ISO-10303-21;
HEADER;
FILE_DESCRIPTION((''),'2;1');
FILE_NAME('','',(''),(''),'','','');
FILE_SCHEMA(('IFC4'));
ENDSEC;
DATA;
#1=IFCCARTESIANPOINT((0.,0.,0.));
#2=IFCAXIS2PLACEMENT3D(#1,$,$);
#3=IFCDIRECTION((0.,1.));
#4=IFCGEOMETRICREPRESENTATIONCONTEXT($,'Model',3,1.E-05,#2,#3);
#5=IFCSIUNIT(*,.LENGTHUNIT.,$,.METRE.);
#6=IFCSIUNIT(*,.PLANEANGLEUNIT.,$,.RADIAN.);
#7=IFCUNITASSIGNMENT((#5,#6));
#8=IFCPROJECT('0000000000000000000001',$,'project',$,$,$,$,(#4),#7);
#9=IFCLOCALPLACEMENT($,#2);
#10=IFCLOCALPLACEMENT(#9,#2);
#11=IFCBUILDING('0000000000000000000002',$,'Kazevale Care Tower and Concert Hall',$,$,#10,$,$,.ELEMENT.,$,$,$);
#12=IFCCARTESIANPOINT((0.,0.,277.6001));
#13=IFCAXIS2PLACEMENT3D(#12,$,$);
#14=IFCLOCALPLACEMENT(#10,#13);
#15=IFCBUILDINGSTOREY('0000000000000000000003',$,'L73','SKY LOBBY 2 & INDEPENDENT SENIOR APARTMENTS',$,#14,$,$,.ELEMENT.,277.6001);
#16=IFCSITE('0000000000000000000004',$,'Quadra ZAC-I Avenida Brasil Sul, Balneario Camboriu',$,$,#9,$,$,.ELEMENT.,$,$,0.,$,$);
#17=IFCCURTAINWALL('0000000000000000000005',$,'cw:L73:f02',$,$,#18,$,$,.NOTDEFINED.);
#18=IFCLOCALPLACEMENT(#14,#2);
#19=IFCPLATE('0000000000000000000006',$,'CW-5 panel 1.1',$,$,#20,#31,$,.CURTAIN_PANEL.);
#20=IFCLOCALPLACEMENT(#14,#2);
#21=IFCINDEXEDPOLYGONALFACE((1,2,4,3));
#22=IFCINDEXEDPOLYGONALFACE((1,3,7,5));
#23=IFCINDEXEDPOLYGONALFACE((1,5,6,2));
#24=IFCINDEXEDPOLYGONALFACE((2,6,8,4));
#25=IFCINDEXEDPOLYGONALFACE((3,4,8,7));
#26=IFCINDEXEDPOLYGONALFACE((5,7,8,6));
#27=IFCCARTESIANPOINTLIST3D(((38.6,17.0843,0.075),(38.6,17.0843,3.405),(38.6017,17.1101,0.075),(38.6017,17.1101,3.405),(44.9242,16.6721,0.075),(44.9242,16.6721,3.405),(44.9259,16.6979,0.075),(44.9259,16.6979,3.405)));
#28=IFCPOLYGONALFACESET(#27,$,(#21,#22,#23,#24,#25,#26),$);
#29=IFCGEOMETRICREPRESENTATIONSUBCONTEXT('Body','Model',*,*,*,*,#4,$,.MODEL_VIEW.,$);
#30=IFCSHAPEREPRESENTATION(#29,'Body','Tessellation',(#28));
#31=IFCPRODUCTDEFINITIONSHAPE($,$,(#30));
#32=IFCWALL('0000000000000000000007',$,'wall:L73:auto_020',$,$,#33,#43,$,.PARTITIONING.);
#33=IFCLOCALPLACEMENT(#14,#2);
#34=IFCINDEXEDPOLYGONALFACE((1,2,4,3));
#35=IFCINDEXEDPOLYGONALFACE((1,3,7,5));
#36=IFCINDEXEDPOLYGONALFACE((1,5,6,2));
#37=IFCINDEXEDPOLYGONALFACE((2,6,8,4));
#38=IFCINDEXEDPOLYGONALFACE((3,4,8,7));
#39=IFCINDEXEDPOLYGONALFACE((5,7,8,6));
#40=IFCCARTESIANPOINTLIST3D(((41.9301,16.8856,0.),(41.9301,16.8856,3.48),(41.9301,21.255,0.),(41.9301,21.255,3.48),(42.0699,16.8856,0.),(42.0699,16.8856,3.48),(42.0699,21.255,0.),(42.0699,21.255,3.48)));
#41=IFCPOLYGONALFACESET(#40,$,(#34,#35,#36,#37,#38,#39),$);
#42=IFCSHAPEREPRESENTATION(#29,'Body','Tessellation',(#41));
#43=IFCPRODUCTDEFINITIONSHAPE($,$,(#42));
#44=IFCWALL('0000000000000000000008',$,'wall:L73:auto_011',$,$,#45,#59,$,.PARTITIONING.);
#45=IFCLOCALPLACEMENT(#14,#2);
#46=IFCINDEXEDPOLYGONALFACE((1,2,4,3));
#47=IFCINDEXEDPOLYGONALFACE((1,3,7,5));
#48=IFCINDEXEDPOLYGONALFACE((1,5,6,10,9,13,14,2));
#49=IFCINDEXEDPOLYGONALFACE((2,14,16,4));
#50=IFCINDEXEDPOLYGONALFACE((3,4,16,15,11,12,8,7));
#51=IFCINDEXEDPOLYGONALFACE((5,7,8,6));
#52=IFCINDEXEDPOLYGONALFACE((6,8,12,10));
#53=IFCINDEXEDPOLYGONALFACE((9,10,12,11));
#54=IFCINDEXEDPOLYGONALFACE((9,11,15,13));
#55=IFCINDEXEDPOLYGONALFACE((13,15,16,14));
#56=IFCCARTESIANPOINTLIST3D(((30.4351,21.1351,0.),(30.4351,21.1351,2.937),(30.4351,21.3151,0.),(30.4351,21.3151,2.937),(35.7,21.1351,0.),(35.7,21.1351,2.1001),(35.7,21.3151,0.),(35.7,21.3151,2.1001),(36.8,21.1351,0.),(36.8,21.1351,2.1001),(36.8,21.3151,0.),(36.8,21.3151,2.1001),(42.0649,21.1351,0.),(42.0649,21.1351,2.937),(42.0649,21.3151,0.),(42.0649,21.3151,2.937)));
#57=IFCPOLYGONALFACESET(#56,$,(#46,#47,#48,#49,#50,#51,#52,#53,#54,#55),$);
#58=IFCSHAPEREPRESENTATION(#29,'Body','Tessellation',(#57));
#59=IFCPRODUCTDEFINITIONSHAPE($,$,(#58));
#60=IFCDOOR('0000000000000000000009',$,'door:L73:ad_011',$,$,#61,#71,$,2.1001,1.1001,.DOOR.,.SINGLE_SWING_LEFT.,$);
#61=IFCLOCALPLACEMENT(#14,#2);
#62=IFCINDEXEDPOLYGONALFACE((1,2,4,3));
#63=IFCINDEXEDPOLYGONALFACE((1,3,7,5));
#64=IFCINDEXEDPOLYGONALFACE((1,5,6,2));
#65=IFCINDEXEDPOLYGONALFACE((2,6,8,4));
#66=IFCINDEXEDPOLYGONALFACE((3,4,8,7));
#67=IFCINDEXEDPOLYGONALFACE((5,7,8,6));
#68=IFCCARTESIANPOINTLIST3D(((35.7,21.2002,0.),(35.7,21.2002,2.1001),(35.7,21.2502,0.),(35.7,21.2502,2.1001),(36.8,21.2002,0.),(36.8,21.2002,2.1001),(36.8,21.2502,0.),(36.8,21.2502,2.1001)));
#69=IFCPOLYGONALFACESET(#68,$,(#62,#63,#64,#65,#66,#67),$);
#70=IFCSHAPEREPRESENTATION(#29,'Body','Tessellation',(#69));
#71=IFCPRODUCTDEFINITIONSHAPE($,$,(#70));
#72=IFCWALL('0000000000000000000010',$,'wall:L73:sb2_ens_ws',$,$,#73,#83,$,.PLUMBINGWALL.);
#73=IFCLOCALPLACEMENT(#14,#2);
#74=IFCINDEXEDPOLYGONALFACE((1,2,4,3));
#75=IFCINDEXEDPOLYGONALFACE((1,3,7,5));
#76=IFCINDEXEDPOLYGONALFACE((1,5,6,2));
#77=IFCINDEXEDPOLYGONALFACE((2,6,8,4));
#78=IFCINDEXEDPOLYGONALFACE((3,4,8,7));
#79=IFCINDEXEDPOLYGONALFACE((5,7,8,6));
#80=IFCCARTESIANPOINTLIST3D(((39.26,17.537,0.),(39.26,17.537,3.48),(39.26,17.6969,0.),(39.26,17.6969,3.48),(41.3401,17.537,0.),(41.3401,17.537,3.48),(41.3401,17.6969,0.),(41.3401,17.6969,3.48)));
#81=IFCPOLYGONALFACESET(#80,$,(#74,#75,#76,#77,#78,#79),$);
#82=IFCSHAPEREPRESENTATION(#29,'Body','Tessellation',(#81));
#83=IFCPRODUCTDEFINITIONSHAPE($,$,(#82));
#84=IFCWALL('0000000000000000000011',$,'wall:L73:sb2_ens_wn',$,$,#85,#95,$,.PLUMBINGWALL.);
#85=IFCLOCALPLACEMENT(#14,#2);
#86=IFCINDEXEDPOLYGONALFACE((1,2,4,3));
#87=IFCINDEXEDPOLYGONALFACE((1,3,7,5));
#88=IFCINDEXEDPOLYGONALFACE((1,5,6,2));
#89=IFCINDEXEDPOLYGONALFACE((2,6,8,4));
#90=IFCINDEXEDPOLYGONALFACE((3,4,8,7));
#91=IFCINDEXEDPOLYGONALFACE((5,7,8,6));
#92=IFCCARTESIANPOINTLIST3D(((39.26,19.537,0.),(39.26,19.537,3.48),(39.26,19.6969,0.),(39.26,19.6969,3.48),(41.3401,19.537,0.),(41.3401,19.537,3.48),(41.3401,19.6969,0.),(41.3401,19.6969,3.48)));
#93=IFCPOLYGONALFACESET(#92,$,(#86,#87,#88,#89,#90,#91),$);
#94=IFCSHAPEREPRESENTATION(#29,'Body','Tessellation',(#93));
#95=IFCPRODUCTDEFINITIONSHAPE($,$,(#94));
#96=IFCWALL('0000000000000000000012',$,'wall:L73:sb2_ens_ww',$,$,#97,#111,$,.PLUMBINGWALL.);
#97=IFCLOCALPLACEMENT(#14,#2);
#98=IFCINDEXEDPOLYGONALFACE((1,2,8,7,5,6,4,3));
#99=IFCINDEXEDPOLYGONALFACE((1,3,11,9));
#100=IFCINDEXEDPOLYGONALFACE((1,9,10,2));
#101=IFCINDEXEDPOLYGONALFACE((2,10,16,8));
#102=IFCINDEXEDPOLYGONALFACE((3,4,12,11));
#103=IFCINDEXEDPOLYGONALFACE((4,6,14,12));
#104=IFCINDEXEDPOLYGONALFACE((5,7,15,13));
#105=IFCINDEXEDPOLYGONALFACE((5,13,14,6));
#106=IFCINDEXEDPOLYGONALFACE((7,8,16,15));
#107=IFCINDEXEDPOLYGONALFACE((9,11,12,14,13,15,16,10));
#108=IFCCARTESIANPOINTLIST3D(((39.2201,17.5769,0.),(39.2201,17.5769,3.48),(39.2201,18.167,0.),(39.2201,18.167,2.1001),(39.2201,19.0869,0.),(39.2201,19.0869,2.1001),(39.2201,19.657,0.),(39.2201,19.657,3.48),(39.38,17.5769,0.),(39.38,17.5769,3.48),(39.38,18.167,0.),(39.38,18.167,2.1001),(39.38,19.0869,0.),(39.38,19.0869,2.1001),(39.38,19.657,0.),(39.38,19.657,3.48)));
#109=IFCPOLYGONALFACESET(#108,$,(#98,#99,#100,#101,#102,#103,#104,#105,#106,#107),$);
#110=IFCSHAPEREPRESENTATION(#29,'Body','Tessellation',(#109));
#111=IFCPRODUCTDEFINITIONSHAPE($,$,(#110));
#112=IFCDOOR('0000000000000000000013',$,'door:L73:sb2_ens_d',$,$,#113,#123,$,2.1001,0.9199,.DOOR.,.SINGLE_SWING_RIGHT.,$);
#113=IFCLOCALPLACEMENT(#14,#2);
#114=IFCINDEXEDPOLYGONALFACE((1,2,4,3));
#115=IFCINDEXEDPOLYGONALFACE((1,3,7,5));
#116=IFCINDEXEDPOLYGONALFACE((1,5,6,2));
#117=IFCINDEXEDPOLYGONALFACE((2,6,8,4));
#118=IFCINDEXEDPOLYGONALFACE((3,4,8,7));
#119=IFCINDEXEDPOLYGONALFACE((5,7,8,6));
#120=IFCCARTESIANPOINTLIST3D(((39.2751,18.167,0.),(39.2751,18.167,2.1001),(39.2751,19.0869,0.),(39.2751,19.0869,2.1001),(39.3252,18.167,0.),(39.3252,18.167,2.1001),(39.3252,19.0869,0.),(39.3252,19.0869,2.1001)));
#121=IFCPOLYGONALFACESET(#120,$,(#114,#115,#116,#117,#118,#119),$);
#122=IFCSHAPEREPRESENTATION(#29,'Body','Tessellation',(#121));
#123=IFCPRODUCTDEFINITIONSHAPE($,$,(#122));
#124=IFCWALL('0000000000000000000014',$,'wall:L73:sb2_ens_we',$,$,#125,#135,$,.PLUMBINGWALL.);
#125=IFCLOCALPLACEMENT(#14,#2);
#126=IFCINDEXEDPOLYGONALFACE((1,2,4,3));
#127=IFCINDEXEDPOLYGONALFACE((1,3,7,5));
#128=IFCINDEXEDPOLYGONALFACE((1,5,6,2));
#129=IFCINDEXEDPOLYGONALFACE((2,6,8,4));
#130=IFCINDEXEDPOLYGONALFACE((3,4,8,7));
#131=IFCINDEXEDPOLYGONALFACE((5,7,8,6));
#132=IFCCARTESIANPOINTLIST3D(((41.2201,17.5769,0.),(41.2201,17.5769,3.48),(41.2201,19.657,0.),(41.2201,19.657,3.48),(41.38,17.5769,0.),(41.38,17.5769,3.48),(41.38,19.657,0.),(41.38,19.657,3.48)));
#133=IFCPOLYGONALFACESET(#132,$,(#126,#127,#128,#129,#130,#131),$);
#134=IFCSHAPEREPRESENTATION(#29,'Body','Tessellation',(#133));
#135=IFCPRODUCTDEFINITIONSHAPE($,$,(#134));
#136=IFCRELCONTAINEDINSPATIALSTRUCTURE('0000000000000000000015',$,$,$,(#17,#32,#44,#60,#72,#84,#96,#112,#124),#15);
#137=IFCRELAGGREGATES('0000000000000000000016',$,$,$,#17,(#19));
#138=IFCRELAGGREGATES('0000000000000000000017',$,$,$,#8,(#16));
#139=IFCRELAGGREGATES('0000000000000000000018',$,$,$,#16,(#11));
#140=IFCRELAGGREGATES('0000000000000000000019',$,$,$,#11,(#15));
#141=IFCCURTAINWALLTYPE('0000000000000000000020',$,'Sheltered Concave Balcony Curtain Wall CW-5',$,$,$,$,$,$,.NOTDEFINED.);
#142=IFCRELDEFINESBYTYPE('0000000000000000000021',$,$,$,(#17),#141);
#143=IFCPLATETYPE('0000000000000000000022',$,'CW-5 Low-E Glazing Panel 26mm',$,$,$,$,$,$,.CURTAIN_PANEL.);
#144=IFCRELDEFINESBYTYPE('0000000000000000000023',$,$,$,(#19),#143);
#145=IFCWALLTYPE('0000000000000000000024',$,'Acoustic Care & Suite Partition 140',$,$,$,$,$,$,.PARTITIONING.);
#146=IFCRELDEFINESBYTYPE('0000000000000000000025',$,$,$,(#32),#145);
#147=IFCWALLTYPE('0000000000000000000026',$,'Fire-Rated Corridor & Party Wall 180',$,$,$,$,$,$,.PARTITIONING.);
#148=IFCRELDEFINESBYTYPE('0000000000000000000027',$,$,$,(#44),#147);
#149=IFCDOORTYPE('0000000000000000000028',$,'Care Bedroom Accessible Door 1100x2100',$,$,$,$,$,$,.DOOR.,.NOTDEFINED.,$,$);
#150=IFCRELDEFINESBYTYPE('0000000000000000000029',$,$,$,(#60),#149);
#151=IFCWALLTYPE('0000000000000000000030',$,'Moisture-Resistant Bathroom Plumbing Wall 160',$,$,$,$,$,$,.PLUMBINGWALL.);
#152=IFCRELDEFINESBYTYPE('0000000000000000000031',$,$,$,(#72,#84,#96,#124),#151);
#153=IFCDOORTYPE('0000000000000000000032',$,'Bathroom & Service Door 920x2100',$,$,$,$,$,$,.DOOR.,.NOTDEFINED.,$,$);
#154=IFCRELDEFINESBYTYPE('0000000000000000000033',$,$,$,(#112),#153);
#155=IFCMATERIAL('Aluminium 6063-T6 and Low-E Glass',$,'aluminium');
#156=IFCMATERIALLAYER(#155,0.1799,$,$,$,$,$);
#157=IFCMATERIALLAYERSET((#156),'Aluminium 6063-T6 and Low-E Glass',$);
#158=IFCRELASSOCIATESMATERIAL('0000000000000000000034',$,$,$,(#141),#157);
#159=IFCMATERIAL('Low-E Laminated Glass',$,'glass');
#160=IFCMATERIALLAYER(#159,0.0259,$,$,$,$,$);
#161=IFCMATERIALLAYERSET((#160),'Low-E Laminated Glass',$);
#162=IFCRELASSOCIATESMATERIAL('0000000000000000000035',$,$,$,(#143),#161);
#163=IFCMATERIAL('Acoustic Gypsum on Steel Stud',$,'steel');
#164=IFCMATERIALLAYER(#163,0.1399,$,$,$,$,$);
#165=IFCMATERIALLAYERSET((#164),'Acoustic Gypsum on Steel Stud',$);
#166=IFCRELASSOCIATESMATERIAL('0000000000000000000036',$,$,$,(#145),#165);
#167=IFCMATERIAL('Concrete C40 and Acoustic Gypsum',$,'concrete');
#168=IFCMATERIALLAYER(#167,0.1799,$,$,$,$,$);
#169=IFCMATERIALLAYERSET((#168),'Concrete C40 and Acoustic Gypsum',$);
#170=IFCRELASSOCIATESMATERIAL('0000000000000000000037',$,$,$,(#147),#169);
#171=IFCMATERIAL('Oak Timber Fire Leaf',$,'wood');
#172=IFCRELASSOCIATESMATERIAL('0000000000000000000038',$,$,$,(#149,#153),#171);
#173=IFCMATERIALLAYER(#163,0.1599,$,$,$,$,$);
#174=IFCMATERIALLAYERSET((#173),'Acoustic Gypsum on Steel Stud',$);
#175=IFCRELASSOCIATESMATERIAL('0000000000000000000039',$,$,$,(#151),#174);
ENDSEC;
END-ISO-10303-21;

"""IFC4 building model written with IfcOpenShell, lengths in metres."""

from ifc_helpers import new_model, si_unit, direction, frame, frame_2d, origin, origin_2d, place, context, subcontext, project, spatial, rectangle, extrude, material, layer, layer_set, type_object, element, fill, aggregate, save


model = new_model("IFC4")

# Units and contexts
model_context = context("Model", 3, precision=1e-05, world=origin(), true_north=direction((0.0, 1.0)))
body_context = subcontext(model_context, "Body", "Model", "MODEL_VIEW")
ifc_project = project(units=[si_unit("LENGTHUNIT", "METRE"), si_unit("PLANEANGLEUNIT", "RADIAN")], contexts=[model_context])

# Site, building, storey
site_placement = place(None, origin())
site = spatial("IfcSite", under=ifc_project, at=site_placement, Name="Quadra ZAC-I Avenida Brasil Sul, Balneario Camboriu", CompositionType="ELEMENT", RefElevation=0.0)
building_placement = place(site_placement, origin())
building = spatial("IfcBuilding", under=site, at=building_placement, Name="Kazevale Care Tower and Concert Hall", CompositionType="ELEMENT")
storey_placement = place(building_placement, frame((0.0, 0.0, 277.6001)))
storey = spatial("IfcBuildingStorey", under=building, at=storey_placement, Name="L73", Description="SKY LOBBY 2 & INDEPENDENT SENIOR APARTMENTS", CompositionType="ELEMENT", Elevation=277.6001)

# Curtain wall
ifc_material_1 = material(Name="Aluminium 6063-T6 and Low-E Glass", Category="aluminium")
ifc_layer_1 = layer(ifc_material_1, 0.1799)
ifc_layer_set_1 = layer_set([ifc_layer_1], Name="Aluminium 6063-T6 and Low-E Glass")
curtain_wall_type = type_object("IfcCurtainWallType", Name="Sheltered Concave Balcony Curtain Wall CW-5", PredefinedType="NOTDEFINED", material=ifc_layer_set_1)
curtain_wall_1_placement = place(storey_placement, origin())
curtain_wall_1 = element("IfcCurtainWall", 1, at=curtain_wall_1_placement, inside=storey, type_object=curtain_wall_type, Name="cw:L73:f02", PredefinedType="NOTDEFINED")

# Plate
ifc_material_2 = material(Name="Low-E Laminated Glass", Category="glass")
ifc_layer_2 = layer(ifc_material_2, 0.0259)
ifc_layer_set_2 = layer_set([ifc_layer_2], Name="Low-E Laminated Glass")
plate_type = type_object("IfcPlateType", Name="CW-5 Low-E Glazing Panel 26mm", PredefinedType="CURTAIN_PANEL", material=ifc_layer_set_2)
plate_placement = place(storey_placement, frame((41.7629, 16.8911, 0.075), z_axis=(0.0, 0.0, 1.0), x_axis=(-0.997882, 0.065046, 0.0)))
plate = element("IfcPlate", 2, at=plate_placement, type_object=plate_type, Name="CW-5 panel 1.1", PredefinedType="CURTAIN_PANEL", context=body_context, shape_type="SweptSolid", body=[
    extrude(rectangle(XDim=6.3376, YDim=0.0259, at=origin_2d()), origin(), (0.0, 0.0, 1.0), 3.3301),
])
aggregate(curtain_wall_1, [plate])

# Wall
ifc_material_3 = material(Name="Acoustic Gypsum on Steel Stud", Category="steel")
ifc_layer_3 = layer(ifc_material_3, 0.1399)
ifc_layer_set_3 = layer_set([ifc_layer_3], Name="Acoustic Gypsum on Steel Stud")
wall_type_1 = type_object("IfcWallType", Name="Acoustic Care & Suite Partition 140", PredefinedType="PARTITIONING", material=ifc_layer_set_3)
wall_1_placement = place(storey_placement, frame((42.0, 21.2549, 0.0), z_axis=(0.0, 0.0, 1.0), x_axis=(0.0, -1.0, 0.0)))
element("IfcWall", 3, at=wall_1_placement, inside=storey, type_object=wall_type_1, Name="wall:L73:auto_020", PredefinedType="PARTITIONING", context=body_context, shape_type="SweptSolid", body=[
    extrude(rectangle(XDim=4.3694, YDim=0.1399, at=frame_2d((2.1846, 0.0))), origin(), (0.0, 0.0, 1.0), 3.48),
])

# Wall, opening, door
ifc_material_4 = material(Name="Concrete C40 and Acoustic Gypsum", Category="concrete")
ifc_layer_4 = layer(ifc_material_4, 0.1799)
ifc_layer_set_4 = layer_set([ifc_layer_4], Name="Concrete C40 and Acoustic Gypsum")
wall_type_2 = type_object("IfcWallType", Name="Fire-Rated Corridor & Party Wall 180", PredefinedType="PARTITIONING", material=ifc_layer_set_4)
wall_2_placement = place(storey_placement, frame((42.0649, 21.2251, 0.0), z_axis=(0.0, 0.0, 1.0), x_axis=(-1.0, 0.0, 0.0)))
wall_2 = element("IfcWall", 4, at=wall_2_placement, inside=storey, type_object=wall_type_2, Name="wall:L73:auto_011", PredefinedType="PARTITIONING", context=body_context, shape_type="SweptSolid", body=[
    extrude(rectangle(XDim=11.6299, YDim=0.1799, at=frame_2d((5.8149, 0.0))), origin(), (0.0, 0.0, 1.0), 2.937),
])
opening_1_placement = place(wall_2_placement, frame((5.2649, 0.0, 0.0)))
opening_1 = element("IfcOpeningElement", 5, at=opening_1_placement, cuts=wall_2, PredefinedType="OPENING", context=body_context, shape_type="SweptSolid", body=[
    extrude(rectangle(XDim=1.1001, YDim=2.1001, at=frame_2d((0.55, 1.05))), frame((0.0, 0.0999, 0.0), z_axis=(0.0, -1.0, 0.0), x_axis=(1.0, 0.0, 0.0)), (0.0, 0.0, 1.0), 0.2),
])
ifc_material_5 = material(Name="Oak Timber Fire Leaf", Category="wood")
door_type_1 = type_object("IfcDoorType", Name="Care Bedroom Accessible Door 1100x2100", OperationType="NOTDEFINED", PredefinedType="DOOR", material=ifc_material_5)
door_1_placement = place(opening_1_placement, origin())
door_1 = element("IfcDoor", 6, at=door_1_placement, inside=storey, type_object=door_type_1, Name="door:L73:ad_011", OperationType="SINGLE_SWING_LEFT", OverallHeight=2.1001, OverallWidth=1.1001, PredefinedType="DOOR", context=body_context, shape_type="SweptSolid", body=[
    extrude(rectangle(XDim=1.1001, YDim=2.1001, at=frame_2d((0.55, 1.05))), frame((0.0, 0.0249, 0.0), z_axis=(0.0, -1.0, 0.0), x_axis=(1.0, 0.0, 0.0)), (0.0, 0.0, 1.0), 0.05),
])
fill(opening_1, door_1)

# Walls
ifc_layer_5 = layer(ifc_material_3, 0.1599)
ifc_layer_set_5 = layer_set([ifc_layer_5], Name="Acoustic Gypsum on Steel Stud")
wall_type_3 = type_object("IfcWallType", Name="Moisture-Resistant Bathroom Plumbing Wall 160", PredefinedType="PLUMBINGWALL", material=ifc_layer_set_5)
for number, where, z_axis, x_axis, name in (
    (7, (39.26, 17.6169, 0.0), (0.0, 0.0, 1.0), (1.0, 0.0, 0.0), "wall:L73:sb2_ens_ws"),
    (8, (39.26, 19.6169, 0.0), (0.0, 0.0, 1.0), (1.0, 0.0, 0.0), "wall:L73:sb2_ens_wn"),
):
    element("IfcWall", number, at=place(storey_placement, frame(where, z_axis=z_axis, x_axis=x_axis)), inside=storey, type_object=wall_type_3, Name=name, PredefinedType="PLUMBINGWALL", context=body_context, shape_type="SweptSolid", body=[
        extrude(rectangle(XDim=2.0801, YDim=0.1599, at=frame_2d((1.04, 0.0))), origin(), (0.0, 0.0, 1.0), 3.48),
    ])

# Wall, opening, door
wall_3_placement = place(storey_placement, frame((39.3, 17.5769, 0.0), z_axis=(0.0, 0.0, 1.0), x_axis=(0.0, 1.0, 0.0)))
wall_3 = element("IfcWall", 9, at=wall_3_placement, inside=storey, type_object=wall_type_3, Name="wall:L73:sb2_ens_ww", PredefinedType="PLUMBINGWALL", context=body_context, shape_type="SweptSolid", body=[
    extrude(rectangle(XDim=2.0801, YDim=0.1599, at=frame_2d((1.04, 0.0))), origin(), (0.0, 0.0, 1.0), 3.48),
])
opening_2_placement = place(wall_3_placement, frame((0.5901, 0.0, 0.0)))
opening_2 = element("IfcOpeningElement", 10, at=opening_2_placement, cuts=wall_3, PredefinedType="OPENING", context=body_context, shape_type="SweptSolid", body=[
    extrude(rectangle(XDim=0.9199, YDim=2.1001, at=frame_2d((0.46, 1.05))), frame((0.0, 0.0898, 0.0), z_axis=(0.0, -1.0, 0.0), x_axis=(1.0, 0.0, 0.0)), (0.0, 0.0, 1.0), 0.1799),
])
door_type_2 = type_object("IfcDoorType", Name="Bathroom & Service Door 920x2100", OperationType="NOTDEFINED", PredefinedType="DOOR", material=ifc_material_5)
door_2_placement = place(opening_2_placement, origin())
door_2 = element("IfcDoor", 11, at=door_2_placement, inside=storey, type_object=door_type_2, Name="door:L73:sb2_ens_d", OperationType="SINGLE_SWING_RIGHT", OverallHeight=2.1001, OverallWidth=0.9199, PredefinedType="DOOR", context=body_context, shape_type="SweptSolid", body=[
    extrude(rectangle(XDim=0.9199, YDim=2.1001, at=frame_2d((0.46, 1.05))), frame((0.0, 0.0249, 0.0), z_axis=(0.0, -1.0, 0.0), x_axis=(1.0, 0.0, 0.0)), (0.0, 0.0, 1.0), 0.05),
])
fill(opening_2, door_2)

# Wall
wall_4_placement = place(storey_placement, frame((41.3, 17.5769, 0.0), z_axis=(0.0, 0.0, 1.0), x_axis=(0.0, 1.0, 0.0)))
element("IfcWall", 12, at=wall_4_placement, inside=storey, type_object=wall_type_3, Name="wall:L73:sb2_ens_we", PredefinedType="PLUMBINGWALL", context=body_context, shape_type="SweptSolid", body=[
    extrude(rectangle(XDim=2.0801, YDim=0.1599, at=frame_2d((1.04, 0.0))), origin(), (0.0, 0.0, 1.0), 3.48),
])

save(model, "model.ifc")
